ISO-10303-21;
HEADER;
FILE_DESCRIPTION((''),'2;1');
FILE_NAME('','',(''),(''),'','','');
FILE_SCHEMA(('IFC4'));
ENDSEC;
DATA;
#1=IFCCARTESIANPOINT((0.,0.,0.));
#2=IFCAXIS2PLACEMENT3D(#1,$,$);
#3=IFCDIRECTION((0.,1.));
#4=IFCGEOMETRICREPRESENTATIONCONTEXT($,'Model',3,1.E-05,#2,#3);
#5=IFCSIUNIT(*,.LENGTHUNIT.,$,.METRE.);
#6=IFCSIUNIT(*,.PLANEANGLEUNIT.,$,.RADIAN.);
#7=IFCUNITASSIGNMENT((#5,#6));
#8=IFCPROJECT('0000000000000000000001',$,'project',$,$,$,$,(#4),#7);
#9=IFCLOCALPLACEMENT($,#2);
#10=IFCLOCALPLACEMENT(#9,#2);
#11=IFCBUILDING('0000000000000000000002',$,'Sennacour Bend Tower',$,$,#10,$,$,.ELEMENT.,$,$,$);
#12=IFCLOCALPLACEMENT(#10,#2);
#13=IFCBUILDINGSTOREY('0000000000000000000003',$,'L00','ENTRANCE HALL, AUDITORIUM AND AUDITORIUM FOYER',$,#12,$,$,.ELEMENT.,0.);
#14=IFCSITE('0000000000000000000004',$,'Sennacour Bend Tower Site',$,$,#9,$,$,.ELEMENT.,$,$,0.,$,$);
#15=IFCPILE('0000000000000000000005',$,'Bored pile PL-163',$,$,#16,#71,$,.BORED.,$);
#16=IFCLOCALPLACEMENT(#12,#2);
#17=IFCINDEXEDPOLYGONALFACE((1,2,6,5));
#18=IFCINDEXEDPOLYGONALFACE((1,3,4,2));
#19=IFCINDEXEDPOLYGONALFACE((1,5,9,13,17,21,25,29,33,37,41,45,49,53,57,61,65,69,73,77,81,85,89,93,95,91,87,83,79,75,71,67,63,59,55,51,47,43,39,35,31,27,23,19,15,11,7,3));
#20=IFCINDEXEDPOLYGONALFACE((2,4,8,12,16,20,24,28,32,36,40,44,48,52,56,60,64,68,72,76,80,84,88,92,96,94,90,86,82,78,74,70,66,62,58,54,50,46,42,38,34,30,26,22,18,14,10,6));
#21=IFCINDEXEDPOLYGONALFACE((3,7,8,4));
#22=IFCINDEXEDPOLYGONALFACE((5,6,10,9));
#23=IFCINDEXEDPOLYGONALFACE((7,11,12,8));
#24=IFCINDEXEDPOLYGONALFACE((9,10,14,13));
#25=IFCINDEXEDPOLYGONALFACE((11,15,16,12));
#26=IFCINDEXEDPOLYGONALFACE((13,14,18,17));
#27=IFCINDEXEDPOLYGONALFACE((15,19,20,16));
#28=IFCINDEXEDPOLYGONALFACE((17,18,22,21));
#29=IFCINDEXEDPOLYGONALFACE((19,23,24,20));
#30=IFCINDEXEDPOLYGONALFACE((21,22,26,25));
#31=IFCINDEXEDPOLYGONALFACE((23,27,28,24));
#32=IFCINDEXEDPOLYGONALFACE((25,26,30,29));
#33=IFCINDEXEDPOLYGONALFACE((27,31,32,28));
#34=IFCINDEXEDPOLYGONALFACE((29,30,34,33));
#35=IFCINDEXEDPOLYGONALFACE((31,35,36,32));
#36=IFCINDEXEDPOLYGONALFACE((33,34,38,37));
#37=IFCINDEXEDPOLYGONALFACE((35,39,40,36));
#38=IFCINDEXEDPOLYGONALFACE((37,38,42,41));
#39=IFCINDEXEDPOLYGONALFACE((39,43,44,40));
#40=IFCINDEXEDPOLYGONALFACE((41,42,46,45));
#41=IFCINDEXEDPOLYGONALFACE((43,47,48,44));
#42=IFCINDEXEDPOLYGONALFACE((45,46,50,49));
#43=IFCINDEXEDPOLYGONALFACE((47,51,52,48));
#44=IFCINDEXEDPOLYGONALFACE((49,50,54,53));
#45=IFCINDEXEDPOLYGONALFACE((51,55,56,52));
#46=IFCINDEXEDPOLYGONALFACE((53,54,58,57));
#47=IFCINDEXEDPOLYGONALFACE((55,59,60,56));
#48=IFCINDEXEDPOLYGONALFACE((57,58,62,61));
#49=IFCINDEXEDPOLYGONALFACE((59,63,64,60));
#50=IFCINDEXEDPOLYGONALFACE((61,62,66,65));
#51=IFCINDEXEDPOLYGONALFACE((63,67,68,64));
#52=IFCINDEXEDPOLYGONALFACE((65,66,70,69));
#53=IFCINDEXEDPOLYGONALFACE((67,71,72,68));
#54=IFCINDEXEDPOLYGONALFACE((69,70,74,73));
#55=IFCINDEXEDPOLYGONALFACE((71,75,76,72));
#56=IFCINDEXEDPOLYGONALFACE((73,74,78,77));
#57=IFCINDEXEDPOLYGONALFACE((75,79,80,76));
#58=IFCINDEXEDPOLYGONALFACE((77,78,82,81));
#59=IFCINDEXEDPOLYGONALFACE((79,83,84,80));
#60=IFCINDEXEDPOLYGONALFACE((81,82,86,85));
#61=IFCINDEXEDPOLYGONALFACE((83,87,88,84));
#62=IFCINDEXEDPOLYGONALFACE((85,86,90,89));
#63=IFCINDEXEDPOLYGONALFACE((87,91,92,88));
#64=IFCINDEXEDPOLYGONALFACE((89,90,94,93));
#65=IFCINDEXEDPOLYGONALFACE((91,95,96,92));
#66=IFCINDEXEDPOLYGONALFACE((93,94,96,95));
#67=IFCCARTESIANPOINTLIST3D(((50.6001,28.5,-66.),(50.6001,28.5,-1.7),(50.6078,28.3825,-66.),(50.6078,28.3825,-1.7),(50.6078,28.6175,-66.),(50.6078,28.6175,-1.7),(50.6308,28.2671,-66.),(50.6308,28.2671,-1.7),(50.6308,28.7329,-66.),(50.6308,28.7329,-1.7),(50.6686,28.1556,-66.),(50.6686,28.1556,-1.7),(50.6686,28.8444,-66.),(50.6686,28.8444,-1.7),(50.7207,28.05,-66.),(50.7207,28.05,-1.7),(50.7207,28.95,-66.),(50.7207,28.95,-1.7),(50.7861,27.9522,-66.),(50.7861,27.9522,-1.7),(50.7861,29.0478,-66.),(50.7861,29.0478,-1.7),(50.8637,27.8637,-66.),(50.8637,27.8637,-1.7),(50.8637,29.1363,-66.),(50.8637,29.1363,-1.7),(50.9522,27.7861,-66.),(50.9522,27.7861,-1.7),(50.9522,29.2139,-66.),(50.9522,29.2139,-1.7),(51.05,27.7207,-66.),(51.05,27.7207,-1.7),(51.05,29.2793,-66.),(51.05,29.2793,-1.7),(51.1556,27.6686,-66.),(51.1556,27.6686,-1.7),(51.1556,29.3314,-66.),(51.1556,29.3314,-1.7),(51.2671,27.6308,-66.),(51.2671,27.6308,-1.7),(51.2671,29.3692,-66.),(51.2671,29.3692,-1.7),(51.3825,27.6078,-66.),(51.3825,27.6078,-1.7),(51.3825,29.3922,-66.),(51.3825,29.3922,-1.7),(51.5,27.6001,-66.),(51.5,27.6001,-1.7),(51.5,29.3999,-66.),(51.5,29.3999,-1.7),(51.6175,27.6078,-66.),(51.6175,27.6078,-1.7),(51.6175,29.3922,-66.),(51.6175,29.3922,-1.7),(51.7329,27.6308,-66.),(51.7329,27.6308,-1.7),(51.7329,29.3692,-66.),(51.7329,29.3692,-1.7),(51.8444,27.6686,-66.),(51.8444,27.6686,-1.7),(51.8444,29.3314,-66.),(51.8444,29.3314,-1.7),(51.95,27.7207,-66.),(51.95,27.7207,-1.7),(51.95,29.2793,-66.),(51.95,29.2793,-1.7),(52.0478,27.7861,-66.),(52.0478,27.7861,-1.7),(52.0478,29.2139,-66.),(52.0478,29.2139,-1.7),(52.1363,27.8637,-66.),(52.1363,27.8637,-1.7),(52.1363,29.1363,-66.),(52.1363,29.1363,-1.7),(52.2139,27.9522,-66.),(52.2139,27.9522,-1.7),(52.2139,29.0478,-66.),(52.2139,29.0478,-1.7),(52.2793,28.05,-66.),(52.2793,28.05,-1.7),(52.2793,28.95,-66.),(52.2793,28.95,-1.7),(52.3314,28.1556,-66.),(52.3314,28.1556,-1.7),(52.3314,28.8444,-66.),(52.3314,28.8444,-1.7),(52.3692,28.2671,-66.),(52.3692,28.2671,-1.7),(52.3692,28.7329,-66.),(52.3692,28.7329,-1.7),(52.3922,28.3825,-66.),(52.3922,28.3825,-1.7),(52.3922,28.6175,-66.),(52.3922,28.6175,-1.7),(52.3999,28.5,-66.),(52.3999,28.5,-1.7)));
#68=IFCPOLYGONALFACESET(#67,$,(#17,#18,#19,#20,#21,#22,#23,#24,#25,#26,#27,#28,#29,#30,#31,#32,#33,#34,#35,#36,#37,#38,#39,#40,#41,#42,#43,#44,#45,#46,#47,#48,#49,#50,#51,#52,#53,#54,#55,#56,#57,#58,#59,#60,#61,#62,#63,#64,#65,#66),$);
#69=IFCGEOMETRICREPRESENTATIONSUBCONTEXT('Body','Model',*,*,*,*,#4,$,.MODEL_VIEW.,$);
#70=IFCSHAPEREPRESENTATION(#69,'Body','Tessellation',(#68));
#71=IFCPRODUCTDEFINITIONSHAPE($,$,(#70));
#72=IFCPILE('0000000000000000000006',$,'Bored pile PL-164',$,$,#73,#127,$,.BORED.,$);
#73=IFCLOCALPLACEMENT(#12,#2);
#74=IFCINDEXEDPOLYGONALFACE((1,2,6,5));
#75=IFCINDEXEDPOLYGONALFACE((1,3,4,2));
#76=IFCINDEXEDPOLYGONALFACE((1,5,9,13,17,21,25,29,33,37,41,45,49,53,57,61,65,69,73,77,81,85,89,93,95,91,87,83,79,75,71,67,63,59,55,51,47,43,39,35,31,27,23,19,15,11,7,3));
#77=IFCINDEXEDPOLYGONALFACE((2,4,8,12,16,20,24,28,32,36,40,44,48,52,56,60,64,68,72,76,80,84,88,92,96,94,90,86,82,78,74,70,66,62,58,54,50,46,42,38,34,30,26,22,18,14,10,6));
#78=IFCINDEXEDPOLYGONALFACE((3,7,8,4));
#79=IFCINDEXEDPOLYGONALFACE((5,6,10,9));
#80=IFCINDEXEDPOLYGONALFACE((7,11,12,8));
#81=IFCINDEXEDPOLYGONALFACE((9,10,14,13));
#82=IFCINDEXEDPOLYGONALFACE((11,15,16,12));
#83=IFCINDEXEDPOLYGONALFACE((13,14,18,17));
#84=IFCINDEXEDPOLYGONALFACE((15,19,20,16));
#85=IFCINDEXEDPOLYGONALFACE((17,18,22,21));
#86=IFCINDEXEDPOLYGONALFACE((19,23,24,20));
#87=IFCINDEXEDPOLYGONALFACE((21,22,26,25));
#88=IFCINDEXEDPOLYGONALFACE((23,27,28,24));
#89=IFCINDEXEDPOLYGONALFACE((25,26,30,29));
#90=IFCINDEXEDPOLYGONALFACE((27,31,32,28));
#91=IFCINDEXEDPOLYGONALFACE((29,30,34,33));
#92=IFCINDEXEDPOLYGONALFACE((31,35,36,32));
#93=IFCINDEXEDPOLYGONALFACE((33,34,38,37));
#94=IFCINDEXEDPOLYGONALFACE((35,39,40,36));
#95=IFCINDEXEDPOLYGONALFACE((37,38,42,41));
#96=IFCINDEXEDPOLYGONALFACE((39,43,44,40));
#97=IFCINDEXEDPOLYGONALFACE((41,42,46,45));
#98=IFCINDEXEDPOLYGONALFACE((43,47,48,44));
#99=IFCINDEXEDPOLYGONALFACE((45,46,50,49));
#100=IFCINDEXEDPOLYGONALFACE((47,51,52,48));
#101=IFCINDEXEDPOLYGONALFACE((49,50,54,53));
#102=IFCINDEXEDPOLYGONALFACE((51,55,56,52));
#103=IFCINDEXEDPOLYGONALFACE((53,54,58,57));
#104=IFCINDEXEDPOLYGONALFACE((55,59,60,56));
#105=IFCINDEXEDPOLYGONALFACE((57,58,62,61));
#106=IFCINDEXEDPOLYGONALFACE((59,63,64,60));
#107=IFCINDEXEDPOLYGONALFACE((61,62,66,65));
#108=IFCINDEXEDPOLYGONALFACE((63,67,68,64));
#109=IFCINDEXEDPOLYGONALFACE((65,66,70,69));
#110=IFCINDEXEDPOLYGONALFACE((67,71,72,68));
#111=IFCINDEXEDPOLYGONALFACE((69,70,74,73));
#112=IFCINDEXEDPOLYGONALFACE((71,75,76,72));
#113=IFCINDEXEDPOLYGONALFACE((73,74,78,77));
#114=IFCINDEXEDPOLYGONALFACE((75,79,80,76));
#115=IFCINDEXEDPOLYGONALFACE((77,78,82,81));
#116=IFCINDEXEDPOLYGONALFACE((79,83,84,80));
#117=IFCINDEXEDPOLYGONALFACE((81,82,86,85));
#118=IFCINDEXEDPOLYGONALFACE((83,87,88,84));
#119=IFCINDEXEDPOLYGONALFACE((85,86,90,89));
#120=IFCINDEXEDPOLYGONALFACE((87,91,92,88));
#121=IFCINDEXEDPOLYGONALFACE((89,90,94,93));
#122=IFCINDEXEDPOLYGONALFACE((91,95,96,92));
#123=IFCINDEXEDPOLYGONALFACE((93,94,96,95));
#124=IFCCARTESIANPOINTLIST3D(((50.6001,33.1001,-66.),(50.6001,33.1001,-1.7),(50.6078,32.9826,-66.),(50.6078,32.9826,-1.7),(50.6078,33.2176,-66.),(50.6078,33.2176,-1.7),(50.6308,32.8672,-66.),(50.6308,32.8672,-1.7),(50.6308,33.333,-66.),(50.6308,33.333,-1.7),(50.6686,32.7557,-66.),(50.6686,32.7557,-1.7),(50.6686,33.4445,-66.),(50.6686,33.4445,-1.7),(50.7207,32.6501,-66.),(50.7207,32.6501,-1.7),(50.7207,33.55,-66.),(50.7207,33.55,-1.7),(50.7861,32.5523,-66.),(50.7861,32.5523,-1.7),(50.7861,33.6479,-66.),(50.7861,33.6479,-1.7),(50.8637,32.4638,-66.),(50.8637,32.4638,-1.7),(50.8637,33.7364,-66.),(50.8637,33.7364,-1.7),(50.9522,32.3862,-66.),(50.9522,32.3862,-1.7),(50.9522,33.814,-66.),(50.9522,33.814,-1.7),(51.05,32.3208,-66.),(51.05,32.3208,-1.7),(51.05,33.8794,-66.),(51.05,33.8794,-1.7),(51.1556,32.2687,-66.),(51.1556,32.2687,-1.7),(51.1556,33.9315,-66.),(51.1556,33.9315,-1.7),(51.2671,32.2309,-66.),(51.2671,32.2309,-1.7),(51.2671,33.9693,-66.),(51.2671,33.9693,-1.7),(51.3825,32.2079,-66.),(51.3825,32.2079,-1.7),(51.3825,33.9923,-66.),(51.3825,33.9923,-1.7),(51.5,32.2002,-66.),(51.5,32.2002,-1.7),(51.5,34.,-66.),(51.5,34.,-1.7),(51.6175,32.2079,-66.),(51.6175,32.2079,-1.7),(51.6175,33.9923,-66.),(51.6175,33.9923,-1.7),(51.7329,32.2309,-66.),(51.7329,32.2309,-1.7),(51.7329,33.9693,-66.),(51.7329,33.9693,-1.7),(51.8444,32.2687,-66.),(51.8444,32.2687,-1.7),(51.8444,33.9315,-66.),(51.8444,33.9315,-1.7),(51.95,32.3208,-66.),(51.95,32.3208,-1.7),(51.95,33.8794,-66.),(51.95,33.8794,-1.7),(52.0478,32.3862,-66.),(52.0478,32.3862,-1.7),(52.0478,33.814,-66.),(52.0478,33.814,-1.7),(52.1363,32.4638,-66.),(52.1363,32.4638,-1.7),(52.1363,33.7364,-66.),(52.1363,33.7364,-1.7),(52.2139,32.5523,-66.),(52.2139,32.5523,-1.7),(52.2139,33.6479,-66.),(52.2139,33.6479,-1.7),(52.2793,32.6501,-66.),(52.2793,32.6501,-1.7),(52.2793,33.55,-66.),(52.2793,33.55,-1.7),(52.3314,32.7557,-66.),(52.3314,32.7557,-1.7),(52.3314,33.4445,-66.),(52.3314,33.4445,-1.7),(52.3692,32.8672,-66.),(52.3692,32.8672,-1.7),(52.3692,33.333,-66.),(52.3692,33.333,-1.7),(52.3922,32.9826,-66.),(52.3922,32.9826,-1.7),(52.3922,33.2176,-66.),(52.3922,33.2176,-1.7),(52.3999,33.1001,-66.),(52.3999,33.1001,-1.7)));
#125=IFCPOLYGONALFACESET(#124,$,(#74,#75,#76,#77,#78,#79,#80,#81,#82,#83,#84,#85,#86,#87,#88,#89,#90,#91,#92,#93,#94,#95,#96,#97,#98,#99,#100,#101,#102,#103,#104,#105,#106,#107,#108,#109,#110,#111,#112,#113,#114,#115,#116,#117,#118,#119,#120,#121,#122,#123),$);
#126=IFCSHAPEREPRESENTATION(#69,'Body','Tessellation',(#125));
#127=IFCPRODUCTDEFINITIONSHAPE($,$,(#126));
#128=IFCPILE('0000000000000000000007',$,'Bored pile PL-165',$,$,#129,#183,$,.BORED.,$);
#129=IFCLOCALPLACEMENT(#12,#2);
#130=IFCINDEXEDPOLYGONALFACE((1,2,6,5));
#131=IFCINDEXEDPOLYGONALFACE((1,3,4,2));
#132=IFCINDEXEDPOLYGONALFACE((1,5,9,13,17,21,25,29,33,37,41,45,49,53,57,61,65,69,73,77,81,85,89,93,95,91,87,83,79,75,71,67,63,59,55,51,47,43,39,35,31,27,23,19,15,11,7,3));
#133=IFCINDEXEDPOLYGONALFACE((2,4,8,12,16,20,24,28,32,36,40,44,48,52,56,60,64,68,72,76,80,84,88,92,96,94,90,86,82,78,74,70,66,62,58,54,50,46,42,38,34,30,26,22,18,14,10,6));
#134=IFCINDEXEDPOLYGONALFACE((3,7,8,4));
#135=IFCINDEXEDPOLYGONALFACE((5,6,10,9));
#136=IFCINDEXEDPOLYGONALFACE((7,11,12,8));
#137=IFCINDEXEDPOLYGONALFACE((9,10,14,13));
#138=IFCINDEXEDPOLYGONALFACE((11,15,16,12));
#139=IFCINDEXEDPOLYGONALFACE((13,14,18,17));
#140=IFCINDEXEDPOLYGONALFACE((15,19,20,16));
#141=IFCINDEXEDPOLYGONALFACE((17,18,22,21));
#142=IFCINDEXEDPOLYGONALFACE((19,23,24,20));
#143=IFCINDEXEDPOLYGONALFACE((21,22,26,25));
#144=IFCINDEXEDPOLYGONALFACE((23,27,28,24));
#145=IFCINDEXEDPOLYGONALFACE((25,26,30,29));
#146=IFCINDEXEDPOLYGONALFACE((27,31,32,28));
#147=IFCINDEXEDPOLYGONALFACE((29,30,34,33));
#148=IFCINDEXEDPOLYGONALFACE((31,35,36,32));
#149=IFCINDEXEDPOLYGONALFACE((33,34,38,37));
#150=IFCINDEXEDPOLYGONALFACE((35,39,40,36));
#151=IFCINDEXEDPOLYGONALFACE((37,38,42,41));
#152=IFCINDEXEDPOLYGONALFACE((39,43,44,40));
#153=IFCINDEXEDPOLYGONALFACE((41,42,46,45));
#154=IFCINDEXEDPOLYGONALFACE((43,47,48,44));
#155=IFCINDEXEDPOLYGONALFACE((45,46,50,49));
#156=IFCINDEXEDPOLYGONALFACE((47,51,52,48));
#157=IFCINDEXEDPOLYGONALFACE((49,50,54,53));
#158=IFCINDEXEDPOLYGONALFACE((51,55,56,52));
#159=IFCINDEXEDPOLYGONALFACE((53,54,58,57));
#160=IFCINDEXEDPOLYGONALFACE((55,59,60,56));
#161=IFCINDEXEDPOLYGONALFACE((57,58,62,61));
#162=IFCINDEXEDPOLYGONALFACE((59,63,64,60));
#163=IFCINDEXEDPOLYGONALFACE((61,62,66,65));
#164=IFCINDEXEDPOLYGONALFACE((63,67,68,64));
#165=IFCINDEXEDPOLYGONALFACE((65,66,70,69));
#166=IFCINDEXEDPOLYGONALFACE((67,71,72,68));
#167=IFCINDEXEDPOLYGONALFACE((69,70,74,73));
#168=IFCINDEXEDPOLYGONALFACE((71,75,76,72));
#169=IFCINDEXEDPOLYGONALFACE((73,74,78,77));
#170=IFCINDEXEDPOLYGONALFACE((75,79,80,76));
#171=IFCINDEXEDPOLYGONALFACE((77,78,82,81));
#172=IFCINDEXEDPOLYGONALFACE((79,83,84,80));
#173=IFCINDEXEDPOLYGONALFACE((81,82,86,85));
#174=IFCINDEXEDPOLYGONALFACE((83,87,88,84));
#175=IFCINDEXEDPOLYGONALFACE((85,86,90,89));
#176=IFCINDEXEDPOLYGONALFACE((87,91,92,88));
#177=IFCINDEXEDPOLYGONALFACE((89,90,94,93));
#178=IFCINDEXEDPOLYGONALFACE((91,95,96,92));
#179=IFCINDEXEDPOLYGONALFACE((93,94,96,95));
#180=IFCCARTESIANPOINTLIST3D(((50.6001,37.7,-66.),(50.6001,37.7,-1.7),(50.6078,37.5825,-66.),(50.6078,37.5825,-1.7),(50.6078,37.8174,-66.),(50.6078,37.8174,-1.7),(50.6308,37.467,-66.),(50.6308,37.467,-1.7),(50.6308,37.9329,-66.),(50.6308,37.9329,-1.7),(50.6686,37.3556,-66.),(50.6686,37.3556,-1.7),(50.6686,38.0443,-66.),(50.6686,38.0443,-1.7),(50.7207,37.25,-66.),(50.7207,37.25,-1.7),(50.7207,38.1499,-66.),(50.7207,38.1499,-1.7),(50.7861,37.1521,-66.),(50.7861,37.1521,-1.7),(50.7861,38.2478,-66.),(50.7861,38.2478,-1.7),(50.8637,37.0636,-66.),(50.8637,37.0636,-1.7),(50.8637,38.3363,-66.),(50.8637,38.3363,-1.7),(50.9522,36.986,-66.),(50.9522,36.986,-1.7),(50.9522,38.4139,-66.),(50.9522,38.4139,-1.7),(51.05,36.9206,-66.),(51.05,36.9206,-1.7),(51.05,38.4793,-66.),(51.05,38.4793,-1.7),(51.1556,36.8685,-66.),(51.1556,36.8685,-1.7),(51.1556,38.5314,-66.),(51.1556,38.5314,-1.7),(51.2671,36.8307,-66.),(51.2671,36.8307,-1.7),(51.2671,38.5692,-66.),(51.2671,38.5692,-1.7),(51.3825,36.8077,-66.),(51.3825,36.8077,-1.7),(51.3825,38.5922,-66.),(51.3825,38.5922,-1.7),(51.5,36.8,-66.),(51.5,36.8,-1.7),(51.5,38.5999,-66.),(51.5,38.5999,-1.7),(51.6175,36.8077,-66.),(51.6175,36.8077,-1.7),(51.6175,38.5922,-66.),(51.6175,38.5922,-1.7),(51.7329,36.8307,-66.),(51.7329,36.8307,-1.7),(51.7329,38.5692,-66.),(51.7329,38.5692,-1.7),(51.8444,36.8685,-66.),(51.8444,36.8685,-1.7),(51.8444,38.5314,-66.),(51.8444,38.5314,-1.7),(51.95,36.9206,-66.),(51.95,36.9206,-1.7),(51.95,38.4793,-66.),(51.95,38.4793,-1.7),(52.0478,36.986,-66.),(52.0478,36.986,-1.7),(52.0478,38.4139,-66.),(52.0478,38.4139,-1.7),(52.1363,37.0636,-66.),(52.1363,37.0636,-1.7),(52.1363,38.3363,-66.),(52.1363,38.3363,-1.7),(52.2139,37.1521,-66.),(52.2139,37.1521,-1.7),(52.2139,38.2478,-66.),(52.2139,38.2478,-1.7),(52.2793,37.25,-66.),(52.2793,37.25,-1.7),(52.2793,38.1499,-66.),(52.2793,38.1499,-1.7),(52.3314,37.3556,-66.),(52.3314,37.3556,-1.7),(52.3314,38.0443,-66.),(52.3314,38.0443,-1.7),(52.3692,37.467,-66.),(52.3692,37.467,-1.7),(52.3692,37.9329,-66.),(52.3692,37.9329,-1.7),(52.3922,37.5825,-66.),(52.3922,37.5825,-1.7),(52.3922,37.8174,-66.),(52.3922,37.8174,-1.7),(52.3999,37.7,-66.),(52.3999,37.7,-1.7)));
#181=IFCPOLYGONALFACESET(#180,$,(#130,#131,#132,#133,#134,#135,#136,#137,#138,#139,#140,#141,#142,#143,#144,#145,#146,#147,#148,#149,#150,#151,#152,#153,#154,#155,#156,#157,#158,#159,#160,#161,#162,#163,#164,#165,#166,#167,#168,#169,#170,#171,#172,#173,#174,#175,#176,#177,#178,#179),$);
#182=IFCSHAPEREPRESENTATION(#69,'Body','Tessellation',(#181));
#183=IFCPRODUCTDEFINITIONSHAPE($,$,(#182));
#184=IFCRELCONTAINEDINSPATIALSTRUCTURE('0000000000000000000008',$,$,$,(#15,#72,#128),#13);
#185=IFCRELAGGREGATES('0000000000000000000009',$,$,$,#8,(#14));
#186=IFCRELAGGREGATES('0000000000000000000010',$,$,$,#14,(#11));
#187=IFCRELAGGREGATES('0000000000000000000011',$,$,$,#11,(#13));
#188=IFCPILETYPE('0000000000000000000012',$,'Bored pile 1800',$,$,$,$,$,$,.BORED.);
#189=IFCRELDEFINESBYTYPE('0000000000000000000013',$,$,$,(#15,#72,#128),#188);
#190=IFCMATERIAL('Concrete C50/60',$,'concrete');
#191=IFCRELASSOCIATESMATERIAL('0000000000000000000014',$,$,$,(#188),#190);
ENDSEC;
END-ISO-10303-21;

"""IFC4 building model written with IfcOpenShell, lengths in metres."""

from ifc_helpers import new_model, si_unit, direction, frame, origin, origin_2d, place, context, subcontext, project, spatial, circle, extrude, material, material_profile, profile_set, type_object, element, save


model = new_model("IFC4")

# Units and contexts
model_context = context("Model", 3, precision=1e-05, world=origin(), true_north=direction((0.0, 1.0)))
body_context = subcontext(model_context, "Body", "Model", "MODEL_VIEW")
ifc_project = project(units=[si_unit("LENGTHUNIT", "METRE"), si_unit("PLANEANGLEUNIT", "RADIAN")], contexts=[model_context])

# Site, building, storey
site_placement = place(None, origin())
site = spatial("IfcSite", under=ifc_project, at=site_placement, Name="Sennacour Bend Tower Site", CompositionType="ELEMENT", RefElevation=0.0)
building_placement = place(site_placement, origin())
building = spatial("IfcBuilding", under=site, at=building_placement, Name="Sennacour Bend Tower", CompositionType="ELEMENT")
storey_placement = place(building_placement, origin())
storey = spatial("IfcBuildingStorey", under=building, at=storey_placement, Name="L00", Description="ENTRANCE HALL, AUDITORIUM AND AUDITORIUM FOYER", CompositionType="ELEMENT", Elevation=0.0)

# Piles
ifc_material_1 = material(Name="Concrete C50/60", Category="concrete")
ifc_material_profile_1 = material_profile(ifc_material_1, circle(Radius=0.8999, at=origin_2d()), Name="Concrete C50/60", Category="concrete")
ifc_profile_set_1 = profile_set([ifc_material_profile_1], Name="Concrete C50/60")
pile_type = type_object("IfcPileType", Name="Bored pile 1800", PredefinedType="BORED", material=ifc_profile_set_1)
for number, where, z_axis, x_axis, name in (
    (1, (51.5, 28.5, -1.7), (0.0, 0.0, -1.0), (1.0, 0.0, 0.0), "Bored pile PL-163"),
    (2, (51.5, 33.1001, -1.7), (0.0, 0.0, -1.0), (1.0, 0.0, 0.0), "Bored pile PL-164"),
    (3, (51.5, 37.7, -1.7), (0.0, 0.0, -1.0), (1.0, 0.0, 0.0), "Bored pile PL-165"),
):
    element("IfcPile", number, at=place(storey_placement, frame(where, z_axis=z_axis, x_axis=x_axis)), inside=storey, type_object=pile_type, Name=name, PredefinedType="BORED", context=body_context, shape_type="SweptSolid", body=[
        extrude(circle(Radius=0.8999, at=origin_2d()), origin(), (0.0, 0.0, 1.0), 64.3),
    ])

save(model, "model.ifc")
